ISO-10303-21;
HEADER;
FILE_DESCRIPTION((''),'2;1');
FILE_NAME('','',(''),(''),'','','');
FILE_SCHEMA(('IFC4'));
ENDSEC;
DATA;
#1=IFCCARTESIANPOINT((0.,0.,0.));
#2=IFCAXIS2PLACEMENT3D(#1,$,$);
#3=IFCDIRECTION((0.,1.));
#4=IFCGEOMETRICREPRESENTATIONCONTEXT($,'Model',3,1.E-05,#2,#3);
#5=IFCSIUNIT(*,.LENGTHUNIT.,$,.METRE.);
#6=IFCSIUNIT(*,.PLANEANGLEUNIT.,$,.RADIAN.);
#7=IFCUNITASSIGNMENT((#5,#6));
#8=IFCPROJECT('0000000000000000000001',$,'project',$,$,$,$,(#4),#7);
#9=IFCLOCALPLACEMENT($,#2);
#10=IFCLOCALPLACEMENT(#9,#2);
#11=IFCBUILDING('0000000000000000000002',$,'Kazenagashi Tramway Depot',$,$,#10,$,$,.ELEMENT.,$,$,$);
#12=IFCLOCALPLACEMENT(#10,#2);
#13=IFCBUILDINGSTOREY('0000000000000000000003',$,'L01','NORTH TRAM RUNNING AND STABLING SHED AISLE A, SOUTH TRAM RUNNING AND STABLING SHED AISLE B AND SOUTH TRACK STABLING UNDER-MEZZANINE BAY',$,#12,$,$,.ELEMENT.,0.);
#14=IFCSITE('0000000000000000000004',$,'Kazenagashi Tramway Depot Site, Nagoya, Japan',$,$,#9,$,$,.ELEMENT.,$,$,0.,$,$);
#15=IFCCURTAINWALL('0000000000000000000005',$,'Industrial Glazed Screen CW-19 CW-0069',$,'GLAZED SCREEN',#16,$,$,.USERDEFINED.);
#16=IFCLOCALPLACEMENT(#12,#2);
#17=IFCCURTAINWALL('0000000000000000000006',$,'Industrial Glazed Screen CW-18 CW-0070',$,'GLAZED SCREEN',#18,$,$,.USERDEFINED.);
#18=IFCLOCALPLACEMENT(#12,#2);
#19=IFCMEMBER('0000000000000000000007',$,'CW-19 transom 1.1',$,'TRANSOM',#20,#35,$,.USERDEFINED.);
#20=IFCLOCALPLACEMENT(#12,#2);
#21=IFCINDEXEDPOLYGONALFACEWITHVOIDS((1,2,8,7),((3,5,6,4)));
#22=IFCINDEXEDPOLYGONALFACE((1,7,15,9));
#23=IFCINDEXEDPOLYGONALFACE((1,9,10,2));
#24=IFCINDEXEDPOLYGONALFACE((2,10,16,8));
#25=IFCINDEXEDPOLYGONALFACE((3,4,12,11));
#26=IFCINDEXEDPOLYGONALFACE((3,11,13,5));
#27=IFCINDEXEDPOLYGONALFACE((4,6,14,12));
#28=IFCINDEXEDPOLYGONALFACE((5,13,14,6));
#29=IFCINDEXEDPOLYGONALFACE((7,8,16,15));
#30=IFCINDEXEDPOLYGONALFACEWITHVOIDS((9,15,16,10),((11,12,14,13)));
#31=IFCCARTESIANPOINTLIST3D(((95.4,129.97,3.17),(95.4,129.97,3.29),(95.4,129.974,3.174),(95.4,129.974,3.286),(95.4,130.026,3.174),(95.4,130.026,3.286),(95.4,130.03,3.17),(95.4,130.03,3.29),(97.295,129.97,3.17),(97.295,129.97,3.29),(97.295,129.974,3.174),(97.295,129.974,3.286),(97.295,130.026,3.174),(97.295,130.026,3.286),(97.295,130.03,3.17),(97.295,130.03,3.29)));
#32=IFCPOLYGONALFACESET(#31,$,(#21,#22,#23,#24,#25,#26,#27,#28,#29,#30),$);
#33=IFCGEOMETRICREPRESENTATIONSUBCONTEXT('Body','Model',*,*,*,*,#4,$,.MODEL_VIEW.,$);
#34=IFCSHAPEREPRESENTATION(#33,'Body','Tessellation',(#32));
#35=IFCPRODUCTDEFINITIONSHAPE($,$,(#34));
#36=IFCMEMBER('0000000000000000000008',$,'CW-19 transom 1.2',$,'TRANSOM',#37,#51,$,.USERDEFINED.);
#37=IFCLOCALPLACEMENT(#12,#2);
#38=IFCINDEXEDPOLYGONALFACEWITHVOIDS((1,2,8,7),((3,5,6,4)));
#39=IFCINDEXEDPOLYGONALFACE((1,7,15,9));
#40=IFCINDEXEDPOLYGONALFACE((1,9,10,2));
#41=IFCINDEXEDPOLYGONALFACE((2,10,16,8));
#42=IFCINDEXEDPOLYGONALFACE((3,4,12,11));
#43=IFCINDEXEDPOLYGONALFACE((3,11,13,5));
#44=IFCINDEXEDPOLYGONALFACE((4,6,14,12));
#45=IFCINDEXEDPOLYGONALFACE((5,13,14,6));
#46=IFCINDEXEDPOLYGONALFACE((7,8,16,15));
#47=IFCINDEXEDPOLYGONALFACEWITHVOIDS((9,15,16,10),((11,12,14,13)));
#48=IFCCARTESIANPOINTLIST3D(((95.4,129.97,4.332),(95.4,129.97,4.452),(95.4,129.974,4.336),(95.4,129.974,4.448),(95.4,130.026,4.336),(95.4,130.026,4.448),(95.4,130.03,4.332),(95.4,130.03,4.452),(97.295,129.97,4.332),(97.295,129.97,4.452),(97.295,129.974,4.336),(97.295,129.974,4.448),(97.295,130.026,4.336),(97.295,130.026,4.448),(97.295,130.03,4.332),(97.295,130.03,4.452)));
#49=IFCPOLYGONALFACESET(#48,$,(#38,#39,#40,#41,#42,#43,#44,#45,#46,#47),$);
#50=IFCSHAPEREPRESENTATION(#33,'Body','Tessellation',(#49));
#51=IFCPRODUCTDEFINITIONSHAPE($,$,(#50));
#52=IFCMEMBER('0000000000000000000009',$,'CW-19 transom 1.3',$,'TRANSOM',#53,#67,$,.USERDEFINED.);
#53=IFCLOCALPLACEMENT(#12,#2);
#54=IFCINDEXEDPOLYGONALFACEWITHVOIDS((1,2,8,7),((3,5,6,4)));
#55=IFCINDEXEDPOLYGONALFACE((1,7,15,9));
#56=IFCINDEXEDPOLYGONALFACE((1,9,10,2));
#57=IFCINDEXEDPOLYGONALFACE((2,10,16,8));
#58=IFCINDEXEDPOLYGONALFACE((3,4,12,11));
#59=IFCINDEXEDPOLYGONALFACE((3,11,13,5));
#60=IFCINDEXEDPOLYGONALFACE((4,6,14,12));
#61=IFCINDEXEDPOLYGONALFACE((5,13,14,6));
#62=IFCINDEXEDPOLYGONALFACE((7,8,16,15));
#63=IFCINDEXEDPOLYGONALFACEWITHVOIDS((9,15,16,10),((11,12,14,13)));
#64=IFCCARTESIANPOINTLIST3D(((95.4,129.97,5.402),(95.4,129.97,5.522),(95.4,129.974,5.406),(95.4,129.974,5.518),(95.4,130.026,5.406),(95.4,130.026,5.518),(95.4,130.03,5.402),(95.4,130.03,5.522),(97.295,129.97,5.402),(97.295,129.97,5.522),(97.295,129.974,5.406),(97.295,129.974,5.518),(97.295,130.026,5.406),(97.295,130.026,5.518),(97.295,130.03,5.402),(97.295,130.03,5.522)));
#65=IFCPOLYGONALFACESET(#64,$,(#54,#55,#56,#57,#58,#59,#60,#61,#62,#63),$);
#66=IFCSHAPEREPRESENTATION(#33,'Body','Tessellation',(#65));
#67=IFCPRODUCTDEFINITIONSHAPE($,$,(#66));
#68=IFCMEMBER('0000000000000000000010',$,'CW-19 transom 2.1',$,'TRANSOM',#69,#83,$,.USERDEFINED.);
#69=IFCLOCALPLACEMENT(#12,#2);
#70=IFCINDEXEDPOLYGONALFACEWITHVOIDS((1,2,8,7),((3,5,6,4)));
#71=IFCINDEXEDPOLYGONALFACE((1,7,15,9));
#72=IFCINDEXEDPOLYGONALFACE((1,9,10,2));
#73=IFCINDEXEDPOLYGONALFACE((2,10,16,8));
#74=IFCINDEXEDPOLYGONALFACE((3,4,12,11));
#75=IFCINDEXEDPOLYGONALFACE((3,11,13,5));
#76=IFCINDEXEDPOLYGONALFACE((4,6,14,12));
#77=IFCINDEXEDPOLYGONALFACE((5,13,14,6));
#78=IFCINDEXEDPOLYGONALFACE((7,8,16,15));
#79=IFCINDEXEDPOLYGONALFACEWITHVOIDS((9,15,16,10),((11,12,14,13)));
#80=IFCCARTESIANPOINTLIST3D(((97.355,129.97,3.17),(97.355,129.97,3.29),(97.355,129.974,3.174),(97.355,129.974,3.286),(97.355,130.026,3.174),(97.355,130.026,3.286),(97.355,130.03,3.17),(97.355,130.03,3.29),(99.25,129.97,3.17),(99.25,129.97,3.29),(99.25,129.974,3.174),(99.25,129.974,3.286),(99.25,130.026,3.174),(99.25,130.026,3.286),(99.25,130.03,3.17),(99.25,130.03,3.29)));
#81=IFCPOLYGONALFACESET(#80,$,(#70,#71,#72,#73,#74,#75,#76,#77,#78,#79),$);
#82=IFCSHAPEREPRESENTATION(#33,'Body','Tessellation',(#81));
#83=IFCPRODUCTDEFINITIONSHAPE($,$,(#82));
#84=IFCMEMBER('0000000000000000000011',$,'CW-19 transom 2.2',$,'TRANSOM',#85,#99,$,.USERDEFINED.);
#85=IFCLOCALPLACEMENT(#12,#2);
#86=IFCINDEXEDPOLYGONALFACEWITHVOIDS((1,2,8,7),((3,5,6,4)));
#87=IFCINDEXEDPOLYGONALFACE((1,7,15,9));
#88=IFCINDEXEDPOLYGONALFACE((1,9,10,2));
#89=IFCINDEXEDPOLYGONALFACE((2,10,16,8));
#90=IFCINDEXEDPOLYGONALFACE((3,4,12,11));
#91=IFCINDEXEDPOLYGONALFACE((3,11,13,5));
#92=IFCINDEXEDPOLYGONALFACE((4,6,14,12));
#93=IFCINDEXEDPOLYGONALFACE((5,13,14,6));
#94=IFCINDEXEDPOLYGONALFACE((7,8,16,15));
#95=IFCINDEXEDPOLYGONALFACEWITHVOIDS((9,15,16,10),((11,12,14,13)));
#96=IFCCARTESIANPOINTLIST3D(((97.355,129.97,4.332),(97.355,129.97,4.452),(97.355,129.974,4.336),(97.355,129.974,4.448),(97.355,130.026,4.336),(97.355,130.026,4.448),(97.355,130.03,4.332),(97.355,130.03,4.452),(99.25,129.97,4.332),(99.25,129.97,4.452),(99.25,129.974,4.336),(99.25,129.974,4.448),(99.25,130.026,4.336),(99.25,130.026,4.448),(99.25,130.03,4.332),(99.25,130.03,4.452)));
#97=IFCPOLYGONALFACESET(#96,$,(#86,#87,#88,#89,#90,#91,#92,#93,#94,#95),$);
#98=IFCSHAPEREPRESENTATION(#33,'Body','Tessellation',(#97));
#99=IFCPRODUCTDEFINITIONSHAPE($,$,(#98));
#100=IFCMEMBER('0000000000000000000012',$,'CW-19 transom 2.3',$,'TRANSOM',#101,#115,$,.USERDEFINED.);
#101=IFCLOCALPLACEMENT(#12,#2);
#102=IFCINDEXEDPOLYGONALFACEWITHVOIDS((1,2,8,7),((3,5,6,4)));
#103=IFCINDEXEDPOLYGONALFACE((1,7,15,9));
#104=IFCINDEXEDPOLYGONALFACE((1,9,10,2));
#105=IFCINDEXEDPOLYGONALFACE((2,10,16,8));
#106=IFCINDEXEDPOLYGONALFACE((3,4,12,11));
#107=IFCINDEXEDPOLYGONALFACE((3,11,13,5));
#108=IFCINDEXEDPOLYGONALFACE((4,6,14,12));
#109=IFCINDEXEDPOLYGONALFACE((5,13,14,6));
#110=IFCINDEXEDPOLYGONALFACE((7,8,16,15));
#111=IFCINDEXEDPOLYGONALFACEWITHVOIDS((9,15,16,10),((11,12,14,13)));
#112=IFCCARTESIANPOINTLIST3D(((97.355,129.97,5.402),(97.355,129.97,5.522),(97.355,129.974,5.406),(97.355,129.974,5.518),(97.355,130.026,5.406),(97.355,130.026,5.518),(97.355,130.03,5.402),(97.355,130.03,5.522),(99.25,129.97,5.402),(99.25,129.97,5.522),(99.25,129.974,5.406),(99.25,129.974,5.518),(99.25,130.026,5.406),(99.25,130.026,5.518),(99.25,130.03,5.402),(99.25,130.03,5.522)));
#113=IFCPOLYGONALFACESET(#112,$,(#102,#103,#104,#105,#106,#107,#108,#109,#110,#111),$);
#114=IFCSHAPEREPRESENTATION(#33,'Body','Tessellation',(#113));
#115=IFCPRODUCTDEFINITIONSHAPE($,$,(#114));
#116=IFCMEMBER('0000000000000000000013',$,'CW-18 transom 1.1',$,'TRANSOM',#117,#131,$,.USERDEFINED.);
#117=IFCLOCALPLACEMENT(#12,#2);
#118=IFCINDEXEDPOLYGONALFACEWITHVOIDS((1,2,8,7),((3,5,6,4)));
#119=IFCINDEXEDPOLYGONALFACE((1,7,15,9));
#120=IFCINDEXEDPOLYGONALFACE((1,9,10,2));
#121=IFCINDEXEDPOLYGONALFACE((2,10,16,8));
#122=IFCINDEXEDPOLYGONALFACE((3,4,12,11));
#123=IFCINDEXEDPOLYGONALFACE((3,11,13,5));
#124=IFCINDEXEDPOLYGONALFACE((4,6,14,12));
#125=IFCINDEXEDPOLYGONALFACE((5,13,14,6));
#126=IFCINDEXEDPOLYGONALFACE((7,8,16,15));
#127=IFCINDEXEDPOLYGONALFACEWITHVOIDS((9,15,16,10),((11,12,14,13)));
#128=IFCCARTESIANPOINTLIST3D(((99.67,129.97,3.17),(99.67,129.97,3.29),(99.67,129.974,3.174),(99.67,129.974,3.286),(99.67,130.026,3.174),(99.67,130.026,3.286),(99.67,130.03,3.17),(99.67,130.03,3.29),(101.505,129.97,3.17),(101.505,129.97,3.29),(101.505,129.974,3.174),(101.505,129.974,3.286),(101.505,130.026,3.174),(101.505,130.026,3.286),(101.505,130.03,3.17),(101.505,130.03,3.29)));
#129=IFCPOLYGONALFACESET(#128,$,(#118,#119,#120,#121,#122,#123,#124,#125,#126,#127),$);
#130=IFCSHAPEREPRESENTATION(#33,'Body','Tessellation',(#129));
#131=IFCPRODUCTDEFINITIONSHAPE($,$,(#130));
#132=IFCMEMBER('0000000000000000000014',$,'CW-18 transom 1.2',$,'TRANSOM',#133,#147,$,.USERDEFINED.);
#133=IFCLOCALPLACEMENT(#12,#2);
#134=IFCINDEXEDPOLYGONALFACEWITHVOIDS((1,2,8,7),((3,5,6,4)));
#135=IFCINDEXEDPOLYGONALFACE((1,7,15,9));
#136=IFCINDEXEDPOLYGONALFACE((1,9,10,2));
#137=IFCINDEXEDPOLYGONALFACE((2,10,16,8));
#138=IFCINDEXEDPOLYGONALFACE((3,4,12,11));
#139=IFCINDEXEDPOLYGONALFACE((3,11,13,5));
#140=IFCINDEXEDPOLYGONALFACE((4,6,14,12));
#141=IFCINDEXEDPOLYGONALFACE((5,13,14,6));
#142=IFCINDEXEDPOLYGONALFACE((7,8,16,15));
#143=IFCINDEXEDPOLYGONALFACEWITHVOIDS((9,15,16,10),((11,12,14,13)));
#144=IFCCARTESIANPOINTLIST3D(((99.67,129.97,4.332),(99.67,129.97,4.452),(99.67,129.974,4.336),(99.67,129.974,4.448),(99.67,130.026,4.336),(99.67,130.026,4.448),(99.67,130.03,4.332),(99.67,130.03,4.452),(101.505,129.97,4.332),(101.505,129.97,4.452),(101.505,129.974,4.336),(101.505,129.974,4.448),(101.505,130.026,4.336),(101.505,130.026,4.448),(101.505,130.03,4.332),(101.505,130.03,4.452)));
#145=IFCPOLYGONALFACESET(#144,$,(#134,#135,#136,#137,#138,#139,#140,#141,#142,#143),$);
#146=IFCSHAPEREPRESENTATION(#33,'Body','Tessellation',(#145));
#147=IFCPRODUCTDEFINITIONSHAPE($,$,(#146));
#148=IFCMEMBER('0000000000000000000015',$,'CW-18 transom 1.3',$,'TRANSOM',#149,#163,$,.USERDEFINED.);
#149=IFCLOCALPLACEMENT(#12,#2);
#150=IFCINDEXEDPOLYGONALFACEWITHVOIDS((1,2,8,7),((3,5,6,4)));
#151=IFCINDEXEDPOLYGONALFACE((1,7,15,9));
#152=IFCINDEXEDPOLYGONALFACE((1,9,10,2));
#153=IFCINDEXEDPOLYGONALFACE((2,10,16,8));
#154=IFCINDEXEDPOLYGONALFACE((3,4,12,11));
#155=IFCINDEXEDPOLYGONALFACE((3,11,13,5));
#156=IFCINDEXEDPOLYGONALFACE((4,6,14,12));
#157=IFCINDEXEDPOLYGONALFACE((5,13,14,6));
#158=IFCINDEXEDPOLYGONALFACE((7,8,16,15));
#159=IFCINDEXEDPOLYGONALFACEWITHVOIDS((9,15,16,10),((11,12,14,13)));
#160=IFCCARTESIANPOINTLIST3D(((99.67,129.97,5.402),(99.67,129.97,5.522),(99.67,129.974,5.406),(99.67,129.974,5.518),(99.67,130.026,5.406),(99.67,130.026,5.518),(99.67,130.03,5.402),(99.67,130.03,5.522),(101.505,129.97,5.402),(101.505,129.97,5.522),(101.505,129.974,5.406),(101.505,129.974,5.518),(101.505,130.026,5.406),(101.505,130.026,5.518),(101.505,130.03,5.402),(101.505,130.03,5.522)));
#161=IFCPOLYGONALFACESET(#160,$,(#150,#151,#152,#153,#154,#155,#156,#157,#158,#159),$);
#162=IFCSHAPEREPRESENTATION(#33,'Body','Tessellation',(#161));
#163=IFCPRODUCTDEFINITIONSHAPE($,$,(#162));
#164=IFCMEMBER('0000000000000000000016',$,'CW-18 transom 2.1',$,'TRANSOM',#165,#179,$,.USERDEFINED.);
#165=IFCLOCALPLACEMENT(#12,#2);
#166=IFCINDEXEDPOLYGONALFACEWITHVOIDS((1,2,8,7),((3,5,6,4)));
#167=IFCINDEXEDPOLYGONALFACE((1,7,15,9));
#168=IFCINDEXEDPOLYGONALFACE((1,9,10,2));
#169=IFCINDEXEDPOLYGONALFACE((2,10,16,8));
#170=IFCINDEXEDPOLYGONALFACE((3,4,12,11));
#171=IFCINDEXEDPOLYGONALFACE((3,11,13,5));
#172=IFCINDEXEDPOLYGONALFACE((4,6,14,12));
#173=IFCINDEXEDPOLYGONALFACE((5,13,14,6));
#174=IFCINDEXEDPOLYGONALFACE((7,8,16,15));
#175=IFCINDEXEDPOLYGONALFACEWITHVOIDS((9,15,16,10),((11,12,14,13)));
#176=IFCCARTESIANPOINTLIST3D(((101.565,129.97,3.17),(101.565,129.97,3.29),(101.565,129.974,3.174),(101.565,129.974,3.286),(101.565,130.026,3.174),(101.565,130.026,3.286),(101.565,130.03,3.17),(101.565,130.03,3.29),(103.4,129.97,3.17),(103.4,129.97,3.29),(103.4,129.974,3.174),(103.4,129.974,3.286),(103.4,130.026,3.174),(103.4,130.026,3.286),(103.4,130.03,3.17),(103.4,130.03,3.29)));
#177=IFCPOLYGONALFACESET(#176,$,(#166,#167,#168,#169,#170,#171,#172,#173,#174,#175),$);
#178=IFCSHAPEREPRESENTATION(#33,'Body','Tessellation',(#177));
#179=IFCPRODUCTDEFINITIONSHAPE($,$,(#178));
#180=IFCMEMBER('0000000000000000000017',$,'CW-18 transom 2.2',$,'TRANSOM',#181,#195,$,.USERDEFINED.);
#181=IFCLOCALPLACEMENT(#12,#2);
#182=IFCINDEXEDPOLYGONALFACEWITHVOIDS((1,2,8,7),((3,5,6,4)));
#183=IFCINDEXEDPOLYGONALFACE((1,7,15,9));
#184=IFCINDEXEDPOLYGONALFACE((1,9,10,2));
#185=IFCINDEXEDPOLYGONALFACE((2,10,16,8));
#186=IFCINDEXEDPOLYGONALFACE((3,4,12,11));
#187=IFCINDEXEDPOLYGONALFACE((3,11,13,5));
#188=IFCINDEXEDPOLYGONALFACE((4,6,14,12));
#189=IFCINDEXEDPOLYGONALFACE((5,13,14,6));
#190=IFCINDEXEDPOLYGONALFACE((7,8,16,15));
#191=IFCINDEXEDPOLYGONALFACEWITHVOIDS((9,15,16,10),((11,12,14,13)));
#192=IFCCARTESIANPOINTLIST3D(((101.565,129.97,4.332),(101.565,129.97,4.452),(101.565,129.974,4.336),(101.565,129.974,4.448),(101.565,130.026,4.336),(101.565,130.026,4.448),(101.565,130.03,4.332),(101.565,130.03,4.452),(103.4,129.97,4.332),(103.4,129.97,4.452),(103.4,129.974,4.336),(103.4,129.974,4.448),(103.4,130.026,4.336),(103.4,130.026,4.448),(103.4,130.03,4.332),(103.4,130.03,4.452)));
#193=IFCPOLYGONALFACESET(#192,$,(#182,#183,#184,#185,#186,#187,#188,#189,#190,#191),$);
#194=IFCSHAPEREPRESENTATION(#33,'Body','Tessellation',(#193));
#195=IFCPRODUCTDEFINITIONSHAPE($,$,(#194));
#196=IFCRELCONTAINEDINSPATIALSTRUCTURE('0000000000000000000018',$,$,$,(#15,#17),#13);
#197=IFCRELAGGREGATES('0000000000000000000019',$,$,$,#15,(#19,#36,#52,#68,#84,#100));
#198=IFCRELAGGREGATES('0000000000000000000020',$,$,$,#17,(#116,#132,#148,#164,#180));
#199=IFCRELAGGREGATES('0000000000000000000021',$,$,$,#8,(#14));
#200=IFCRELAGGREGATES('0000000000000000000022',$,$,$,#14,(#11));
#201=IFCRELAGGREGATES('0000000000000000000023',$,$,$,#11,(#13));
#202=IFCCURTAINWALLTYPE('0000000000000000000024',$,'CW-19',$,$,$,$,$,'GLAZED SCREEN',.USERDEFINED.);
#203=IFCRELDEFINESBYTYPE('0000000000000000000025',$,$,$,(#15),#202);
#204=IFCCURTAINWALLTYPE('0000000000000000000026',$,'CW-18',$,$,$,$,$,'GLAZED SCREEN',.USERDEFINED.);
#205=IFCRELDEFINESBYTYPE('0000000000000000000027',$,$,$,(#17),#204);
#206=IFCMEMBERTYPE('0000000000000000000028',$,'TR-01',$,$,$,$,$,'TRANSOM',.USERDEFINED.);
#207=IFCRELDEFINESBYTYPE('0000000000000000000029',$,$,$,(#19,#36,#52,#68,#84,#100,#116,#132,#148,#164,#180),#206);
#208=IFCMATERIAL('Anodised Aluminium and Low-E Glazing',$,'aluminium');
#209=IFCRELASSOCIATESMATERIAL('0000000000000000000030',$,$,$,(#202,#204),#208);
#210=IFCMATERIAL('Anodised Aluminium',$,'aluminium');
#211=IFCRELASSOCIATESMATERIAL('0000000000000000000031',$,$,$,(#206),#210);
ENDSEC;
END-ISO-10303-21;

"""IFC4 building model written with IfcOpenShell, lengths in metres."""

from ifc_helpers import new_model, si_unit, direction, frame, origin, origin_2d, place, context, subcontext, project, spatial, hollow_rectangle, extrude, material, material_profile, profile_set, type_object, element, aggregate, save


model = new_model("IFC4")

# Units and contexts
model_context = context("Model", 3, precision=1e-05, world=origin(), true_north=direction((0.0, 1.0)))
body_context = subcontext(model_context, "Body", "Model", "MODEL_VIEW")
ifc_project = project(units=[si_unit("LENGTHUNIT", "METRE"), si_unit("PLANEANGLEUNIT", "RADIAN")], contexts=[model_context])

# Site, building, storey
site_placement = place(None, origin())
site = spatial("IfcSite", under=ifc_project, at=site_placement, Name="Kazenagashi Tramway Depot Site, Nagoya, Japan", CompositionType="ELEMENT", RefElevation=0.0)
building_placement = place(site_placement, origin())
building = spatial("IfcBuilding", under=site, at=building_placement, Name="Kazenagashi Tramway Depot", CompositionType="ELEMENT")
storey_placement = place(building_placement, origin())
storey = spatial("IfcBuildingStorey", under=building, at=storey_placement, Name="L01", Description="NORTH TRAM RUNNING AND STABLING SHED AISLE A, SOUTH TRAM RUNNING AND STABLING SHED AISLE B AND SOUTH TRACK STABLING UNDER-MEZZANINE BAY", CompositionType="ELEMENT", Elevation=0.0)

# Shared definitions
ifc_material_1 = material(Name="Anodised Aluminium and Low-E Glazing", Category="aluminium")
curtain_wall_type_1 = type_object("IfcCurtainWallType", Name="CW-19", ElementType="GLAZED SCREEN", PredefinedType="USERDEFINED", material=ifc_material_1)
ifc_material_2 = material(Name="Anodised Aluminium", Category="aluminium")

# Curtain walls
curtain_wall_1_placement = place(storey_placement, origin())
curtain_wall_1 = element("IfcCurtainWall", 1, at=curtain_wall_1_placement, inside=storey, type_object=curtain_wall_type_1, Name="Industrial Glazed Screen CW-19 CW-0069", ObjectType="GLAZED SCREEN", PredefinedType="USERDEFINED")
curtain_wall_type_2 = type_object("IfcCurtainWallType", Name="CW-18", ElementType="GLAZED SCREEN", PredefinedType="USERDEFINED", material=ifc_material_1)
curtain_wall_2_placement = place(storey_placement, origin())
curtain_wall_2 = element("IfcCurtainWall", 2, at=curtain_wall_2_placement, inside=storey, type_object=curtain_wall_type_2, Name="Industrial Glazed Screen CW-18 CW-0070", ObjectType="GLAZED SCREEN", PredefinedType="USERDEFINED")

# Members
ifc_material_profile_1 = material_profile(ifc_material_2, hollow_rectangle(XDim=0.06, YDim=0.12, WallThickness=0.004, at=origin_2d()), Name="RHS-120x60x4")
ifc_profile_set_1 = profile_set([ifc_material_profile_1], Name="Anodised Aluminium")
member_type_1 = type_object("IfcMemberType", Name="TR-01", ElementType="TRANSOM", PredefinedType="USERDEFINED", material=ifc_profile_set_1)
member_1_placement = place(storey_placement, frame((95.4, 130.0, 3.23), z_axis=(1.0, 0.0, 0.0), x_axis=(0.0, 1.0, 0.0)))
member_1 = element("IfcMember", 3, at=member_1_placement, type_object=member_type_1, Name="CW-19 transom 1.1", ObjectType="TRANSOM", PredefinedType="USERDEFINED", context=body_context, shape_type="SweptSolid", body=[
    extrude(hollow_rectangle(XDim=0.06, YDim=0.12, WallThickness=0.004, at=origin_2d()), origin(), (0.0, 0.0, 1.0), 1.895),
])
member_2_placement = place(storey_placement, frame((95.4, 130.0, 4.392), z_axis=(1.0, 0.0, 0.0), x_axis=(0.0, 1.0, 0.0)))
member_2 = element("IfcMember", 4, at=member_2_placement, type_object=member_type_1, Name="CW-19 transom 1.2", ObjectType="TRANSOM", PredefinedType="USERDEFINED", context=body_context, shape_type="SweptSolid", body=[
    extrude(hollow_rectangle(XDim=0.06, YDim=0.12, WallThickness=0.004, at=origin_2d()), origin(), (0.0, 0.0, 1.0), 1.895),
])
member_3_placement = place(storey_placement, frame((95.4, 130.0, 5.462), z_axis=(1.0, 0.0, 0.0), x_axis=(0.0, 1.0, 0.0)))
member_3 = element("IfcMember", 5, at=member_3_placement, type_object=member_type_1, Name="CW-19 transom 1.3", ObjectType="TRANSOM", PredefinedType="USERDEFINED", context=body_context, shape_type="SweptSolid", body=[
    extrude(hollow_rectangle(XDim=0.06, YDim=0.12, WallThickness=0.004, at=origin_2d()), origin(), (0.0, 0.0, 1.0), 1.895),
])
member_4_placement = place(storey_placement, frame((97.355, 130.0, 3.23), z_axis=(1.0, 0.0, 0.0), x_axis=(0.0, 1.0, 0.0)))
member_4 = element("IfcMember", 6, at=member_4_placement, type_object=member_type_1, Name="CW-19 transom 2.1", ObjectType="TRANSOM", PredefinedType="USERDEFINED", context=body_context, shape_type="SweptSolid", body=[
    extrude(hollow_rectangle(XDim=0.06, YDim=0.12, WallThickness=0.004, at=origin_2d()), origin(), (0.0, 0.0, 1.0), 1.895),
])
member_5_placement = place(storey_placement, frame((97.355, 130.0, 4.392), z_axis=(1.0, 0.0, 0.0), x_axis=(0.0, 1.0, 0.0)))
member_5 = element("IfcMember", 7, at=member_5_placement, type_object=member_type_1, Name="CW-19 transom 2.2", ObjectType="TRANSOM", PredefinedType="USERDEFINED", context=body_context, shape_type="SweptSolid", body=[
    extrude(hollow_rectangle(XDim=0.06, YDim=0.12, WallThickness=0.004, at=origin_2d()), origin(), (0.0, 0.0, 1.0), 1.895),
])
member_6_placement = place(storey_placement, frame((97.355, 130.0, 5.462), z_axis=(1.0, 0.0, 0.0), x_axis=(0.0, 1.0, 0.0)))
member_6 = element("IfcMember", 8, at=member_6_placement, type_object=member_type_1, Name="CW-19 transom 2.3", ObjectType="TRANSOM", PredefinedType="USERDEFINED", context=body_context, shape_type="SweptSolid", body=[
    extrude(hollow_rectangle(XDim=0.06, YDim=0.12, WallThickness=0.004, at=origin_2d()), origin(), (0.0, 0.0, 1.0), 1.895),
])
member_7_placement = place(storey_placement, frame((99.67, 130.0, 3.23), z_axis=(1.0, 0.0, 0.0), x_axis=(0.0, 1.0, 0.0)))
member_7 = element("IfcMember", 9, at=member_7_placement, type_object=member_type_1, Name="CW-18 transom 1.1", ObjectType="TRANSOM", PredefinedType="USERDEFINED", context=body_context, shape_type="SweptSolid", body=[
    extrude(hollow_rectangle(XDim=0.06, YDim=0.12, WallThickness=0.004, at=origin_2d()), origin(), (0.0, 0.0, 1.0), 1.835),
])
member_8_placement = place(storey_placement, frame((99.67, 130.0, 4.392), z_axis=(1.0, 0.0, 0.0), x_axis=(0.0, 1.0, 0.0)))
member_8 = element("IfcMember", 10, at=member_8_placement, type_object=member_type_1, Name="CW-18 transom 1.2", ObjectType="TRANSOM", PredefinedType="USERDEFINED", context=body_context, shape_type="SweptSolid", body=[
    extrude(hollow_rectangle(XDim=0.06, YDim=0.12, WallThickness=0.004, at=origin_2d()), origin(), (0.0, 0.0, 1.0), 1.835),
])
member_9_placement = place(storey_placement, frame((99.67, 130.0, 5.462), z_axis=(1.0, 0.0, 0.0), x_axis=(0.0, 1.0, 0.0)))
member_9 = element("IfcMember", 11, at=member_9_placement, type_object=member_type_1, Name="CW-18 transom 1.3", ObjectType="TRANSOM", PredefinedType="USERDEFINED", context=body_context, shape_type="SweptSolid", body=[
    extrude(hollow_rectangle(XDim=0.06, YDim=0.12, WallThickness=0.004, at=origin_2d()), origin(), (0.0, 0.0, 1.0), 1.835),
])
member_10_placement = place(storey_placement, frame((101.565, 130.0, 3.23), z_axis=(1.0, 0.0, 0.0), x_axis=(0.0, 1.0, 0.0)))
member_10 = element("IfcMember", 12, at=member_10_placement, type_object=member_type_1, Name="CW-18 transom 2.1", ObjectType="TRANSOM", PredefinedType="USERDEFINED", context=body_context, shape_type="SweptSolid", body=[
    extrude(hollow_rectangle(XDim=0.06, YDim=0.12, WallThickness=0.004, at=origin_2d()), origin(), (0.0, 0.0, 1.0), 1.835),
])
member_11_placement = place(storey_placement, frame((101.565, 130.0, 4.392), z_axis=(1.0, 0.0, 0.0), x_axis=(0.0, 1.0, 0.0)))
member_11 = element("IfcMember", 13, at=member_11_placement, type_object=member_type_1, Name="CW-18 transom 2.2", ObjectType="TRANSOM", PredefinedType="USERDEFINED", context=body_context, shape_type="SweptSolid", body=[
    extrude(hollow_rectangle(XDim=0.06, YDim=0.12, WallThickness=0.004, at=origin_2d()), origin(), (0.0, 0.0, 1.0), 1.835),
])

aggregate(curtain_wall_1, [member_1, member_2, member_3, member_4, member_5, member_6])
aggregate(curtain_wall_2, [member_7, member_8, member_9, member_10, member_11])

save(model, "model.ifc")
